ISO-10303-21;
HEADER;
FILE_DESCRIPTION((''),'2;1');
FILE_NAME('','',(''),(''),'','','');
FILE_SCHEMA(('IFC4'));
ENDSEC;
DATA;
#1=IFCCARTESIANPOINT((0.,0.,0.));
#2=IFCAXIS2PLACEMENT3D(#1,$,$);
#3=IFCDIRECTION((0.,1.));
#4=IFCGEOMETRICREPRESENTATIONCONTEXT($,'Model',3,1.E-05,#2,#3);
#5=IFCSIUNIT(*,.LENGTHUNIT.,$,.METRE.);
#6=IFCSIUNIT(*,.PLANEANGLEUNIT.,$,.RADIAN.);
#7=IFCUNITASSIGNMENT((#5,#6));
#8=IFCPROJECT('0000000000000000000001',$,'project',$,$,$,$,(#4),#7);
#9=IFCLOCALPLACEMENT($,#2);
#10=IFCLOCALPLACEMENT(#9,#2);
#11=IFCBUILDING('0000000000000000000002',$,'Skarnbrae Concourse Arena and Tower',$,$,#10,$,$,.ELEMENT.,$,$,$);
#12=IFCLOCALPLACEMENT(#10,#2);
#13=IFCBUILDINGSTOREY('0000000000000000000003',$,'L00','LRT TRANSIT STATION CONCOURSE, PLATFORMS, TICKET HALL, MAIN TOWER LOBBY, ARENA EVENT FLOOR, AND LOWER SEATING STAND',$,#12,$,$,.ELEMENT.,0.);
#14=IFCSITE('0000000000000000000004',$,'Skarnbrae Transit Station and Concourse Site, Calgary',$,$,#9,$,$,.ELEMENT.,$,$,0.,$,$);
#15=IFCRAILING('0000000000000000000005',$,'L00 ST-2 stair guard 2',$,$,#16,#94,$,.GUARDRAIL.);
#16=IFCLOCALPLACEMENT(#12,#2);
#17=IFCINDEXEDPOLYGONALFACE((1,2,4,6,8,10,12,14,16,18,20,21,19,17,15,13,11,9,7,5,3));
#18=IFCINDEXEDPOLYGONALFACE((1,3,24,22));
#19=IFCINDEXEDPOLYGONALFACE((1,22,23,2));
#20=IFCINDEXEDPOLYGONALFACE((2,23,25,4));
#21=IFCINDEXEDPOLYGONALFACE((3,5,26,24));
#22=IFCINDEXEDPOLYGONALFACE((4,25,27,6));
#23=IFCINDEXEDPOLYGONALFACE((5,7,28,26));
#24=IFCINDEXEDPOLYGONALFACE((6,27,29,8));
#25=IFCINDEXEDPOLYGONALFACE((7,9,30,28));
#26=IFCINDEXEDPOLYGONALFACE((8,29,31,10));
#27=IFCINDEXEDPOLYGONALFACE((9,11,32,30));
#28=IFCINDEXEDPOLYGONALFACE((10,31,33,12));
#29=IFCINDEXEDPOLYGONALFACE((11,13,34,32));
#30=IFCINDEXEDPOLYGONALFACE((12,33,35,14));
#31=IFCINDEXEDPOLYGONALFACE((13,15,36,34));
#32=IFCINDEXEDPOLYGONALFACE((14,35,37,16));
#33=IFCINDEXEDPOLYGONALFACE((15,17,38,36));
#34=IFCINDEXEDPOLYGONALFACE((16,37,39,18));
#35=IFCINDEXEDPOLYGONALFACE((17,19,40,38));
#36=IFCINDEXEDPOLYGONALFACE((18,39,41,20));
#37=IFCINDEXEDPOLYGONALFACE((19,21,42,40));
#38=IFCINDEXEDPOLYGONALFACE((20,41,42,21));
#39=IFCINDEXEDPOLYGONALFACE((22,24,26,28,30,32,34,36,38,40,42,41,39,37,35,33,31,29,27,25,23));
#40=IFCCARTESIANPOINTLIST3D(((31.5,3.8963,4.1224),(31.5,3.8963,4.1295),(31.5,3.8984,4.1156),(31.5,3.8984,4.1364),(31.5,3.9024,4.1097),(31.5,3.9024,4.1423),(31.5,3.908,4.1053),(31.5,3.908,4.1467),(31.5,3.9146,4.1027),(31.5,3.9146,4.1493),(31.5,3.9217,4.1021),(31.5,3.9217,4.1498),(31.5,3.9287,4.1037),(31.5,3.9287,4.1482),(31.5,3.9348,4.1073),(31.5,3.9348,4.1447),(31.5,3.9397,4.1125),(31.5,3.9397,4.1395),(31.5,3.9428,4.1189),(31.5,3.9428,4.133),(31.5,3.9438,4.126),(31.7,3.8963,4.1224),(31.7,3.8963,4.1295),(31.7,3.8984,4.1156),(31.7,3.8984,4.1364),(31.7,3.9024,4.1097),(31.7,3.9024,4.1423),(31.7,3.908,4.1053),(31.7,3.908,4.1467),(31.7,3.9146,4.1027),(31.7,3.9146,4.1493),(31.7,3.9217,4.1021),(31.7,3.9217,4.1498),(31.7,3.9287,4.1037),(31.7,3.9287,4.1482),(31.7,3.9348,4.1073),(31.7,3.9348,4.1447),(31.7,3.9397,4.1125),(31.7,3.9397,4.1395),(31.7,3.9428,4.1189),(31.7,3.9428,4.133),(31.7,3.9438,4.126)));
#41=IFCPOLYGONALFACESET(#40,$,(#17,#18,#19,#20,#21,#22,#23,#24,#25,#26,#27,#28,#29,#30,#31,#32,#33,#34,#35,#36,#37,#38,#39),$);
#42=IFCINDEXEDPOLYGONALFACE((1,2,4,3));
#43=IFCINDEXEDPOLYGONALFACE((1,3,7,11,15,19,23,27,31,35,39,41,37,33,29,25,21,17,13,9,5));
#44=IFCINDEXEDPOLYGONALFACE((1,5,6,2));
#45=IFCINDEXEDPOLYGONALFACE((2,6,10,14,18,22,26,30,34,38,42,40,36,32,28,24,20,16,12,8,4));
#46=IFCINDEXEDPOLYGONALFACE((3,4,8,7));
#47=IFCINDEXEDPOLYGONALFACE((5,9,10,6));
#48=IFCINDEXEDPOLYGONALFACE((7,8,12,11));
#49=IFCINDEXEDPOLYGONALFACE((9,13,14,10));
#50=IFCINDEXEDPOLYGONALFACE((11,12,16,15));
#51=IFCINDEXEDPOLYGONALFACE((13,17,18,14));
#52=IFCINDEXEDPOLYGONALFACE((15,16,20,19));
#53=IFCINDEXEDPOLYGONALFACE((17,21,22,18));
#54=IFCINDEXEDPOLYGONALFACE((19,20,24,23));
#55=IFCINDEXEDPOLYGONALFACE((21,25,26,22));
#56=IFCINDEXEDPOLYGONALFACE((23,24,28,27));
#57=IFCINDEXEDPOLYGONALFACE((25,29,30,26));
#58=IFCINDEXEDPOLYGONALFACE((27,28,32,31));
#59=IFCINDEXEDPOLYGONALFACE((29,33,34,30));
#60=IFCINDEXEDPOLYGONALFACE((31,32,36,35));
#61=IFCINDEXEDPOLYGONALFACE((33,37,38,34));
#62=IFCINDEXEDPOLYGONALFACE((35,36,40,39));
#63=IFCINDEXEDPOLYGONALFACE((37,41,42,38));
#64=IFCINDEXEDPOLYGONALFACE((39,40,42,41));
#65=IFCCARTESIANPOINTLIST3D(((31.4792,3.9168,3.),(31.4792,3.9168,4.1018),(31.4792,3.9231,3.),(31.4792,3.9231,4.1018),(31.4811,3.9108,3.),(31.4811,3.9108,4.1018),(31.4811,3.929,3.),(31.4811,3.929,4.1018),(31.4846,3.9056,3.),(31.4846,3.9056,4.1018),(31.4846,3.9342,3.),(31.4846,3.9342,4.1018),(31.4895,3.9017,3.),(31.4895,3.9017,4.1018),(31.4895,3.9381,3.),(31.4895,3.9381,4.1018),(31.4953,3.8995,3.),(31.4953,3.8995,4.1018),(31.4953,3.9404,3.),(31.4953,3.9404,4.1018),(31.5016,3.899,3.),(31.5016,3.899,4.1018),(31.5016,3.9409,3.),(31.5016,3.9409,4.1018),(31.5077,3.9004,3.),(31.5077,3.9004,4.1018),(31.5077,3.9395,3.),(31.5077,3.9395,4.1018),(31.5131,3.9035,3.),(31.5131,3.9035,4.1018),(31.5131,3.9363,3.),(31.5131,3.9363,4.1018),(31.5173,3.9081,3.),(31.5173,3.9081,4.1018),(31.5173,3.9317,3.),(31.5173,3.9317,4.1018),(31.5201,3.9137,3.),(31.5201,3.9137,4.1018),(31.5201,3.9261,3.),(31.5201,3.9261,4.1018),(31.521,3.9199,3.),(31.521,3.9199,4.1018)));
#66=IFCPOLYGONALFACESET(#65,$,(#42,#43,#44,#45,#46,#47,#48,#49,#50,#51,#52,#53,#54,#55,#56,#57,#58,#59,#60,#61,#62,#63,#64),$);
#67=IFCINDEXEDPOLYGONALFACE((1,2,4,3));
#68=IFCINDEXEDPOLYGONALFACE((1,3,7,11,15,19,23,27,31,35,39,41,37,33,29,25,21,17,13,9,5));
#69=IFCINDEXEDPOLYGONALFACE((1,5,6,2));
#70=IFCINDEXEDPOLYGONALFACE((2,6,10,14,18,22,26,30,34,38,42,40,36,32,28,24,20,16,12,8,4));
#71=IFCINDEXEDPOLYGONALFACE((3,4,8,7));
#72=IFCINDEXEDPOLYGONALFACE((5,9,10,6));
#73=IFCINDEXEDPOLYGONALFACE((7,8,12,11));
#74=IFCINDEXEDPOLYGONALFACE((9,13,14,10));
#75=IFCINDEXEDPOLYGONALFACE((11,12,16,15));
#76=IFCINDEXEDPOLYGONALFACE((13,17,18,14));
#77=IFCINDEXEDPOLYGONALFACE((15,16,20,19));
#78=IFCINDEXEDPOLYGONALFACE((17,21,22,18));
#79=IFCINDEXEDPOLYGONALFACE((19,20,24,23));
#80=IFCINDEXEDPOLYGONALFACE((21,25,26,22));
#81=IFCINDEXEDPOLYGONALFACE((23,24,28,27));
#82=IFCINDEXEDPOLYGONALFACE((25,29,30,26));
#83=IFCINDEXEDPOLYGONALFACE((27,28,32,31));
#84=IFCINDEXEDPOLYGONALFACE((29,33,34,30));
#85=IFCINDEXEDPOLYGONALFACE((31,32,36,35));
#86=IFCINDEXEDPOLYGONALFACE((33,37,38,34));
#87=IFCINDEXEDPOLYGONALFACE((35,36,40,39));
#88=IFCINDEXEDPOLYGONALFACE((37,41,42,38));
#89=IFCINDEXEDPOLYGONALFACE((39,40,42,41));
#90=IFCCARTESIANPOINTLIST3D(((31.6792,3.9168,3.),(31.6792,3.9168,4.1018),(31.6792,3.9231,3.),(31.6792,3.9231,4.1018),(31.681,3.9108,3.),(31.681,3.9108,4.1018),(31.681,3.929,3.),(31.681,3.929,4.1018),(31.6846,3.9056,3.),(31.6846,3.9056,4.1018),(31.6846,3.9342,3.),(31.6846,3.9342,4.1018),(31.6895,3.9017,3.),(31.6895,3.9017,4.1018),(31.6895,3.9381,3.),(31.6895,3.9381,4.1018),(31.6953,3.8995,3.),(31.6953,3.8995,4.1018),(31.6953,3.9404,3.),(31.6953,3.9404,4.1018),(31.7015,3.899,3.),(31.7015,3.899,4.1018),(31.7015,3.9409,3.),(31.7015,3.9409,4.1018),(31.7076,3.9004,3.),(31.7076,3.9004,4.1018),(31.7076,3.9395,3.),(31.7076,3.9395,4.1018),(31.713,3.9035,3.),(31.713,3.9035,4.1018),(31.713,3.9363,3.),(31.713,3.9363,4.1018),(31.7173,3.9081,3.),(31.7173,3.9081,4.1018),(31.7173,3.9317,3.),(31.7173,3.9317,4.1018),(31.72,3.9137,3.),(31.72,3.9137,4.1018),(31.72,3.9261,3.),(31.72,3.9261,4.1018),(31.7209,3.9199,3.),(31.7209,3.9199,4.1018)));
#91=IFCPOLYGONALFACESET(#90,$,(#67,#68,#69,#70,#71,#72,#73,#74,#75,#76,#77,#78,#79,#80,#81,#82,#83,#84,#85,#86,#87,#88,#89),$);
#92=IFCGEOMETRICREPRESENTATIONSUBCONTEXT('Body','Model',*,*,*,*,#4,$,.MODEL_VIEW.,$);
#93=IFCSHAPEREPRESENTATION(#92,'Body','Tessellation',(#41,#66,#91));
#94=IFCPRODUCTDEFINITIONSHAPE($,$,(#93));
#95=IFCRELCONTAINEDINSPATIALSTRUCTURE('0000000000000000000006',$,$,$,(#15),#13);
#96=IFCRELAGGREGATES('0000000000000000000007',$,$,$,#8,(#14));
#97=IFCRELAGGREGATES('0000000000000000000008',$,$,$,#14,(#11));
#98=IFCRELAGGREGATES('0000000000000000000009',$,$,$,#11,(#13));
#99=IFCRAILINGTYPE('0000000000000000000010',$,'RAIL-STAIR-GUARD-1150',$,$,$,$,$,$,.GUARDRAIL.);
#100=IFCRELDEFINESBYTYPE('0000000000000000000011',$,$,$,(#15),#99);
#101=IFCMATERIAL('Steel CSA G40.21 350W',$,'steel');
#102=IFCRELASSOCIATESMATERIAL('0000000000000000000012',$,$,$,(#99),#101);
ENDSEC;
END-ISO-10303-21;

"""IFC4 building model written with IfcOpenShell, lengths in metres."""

from ifc_helpers import new_model, si_unit, direction, frame, origin, origin_2d, place, context, subcontext, project, spatial, circle, extrude, material, type_object, element, save


model = new_model("IFC4")

# Units and contexts
model_context = context("Model", 3, precision=1e-05, world=origin(), true_north=direction((0.0, 1.0)))
body_context = subcontext(model_context, "Body", "Model", "MODEL_VIEW")
ifc_project = project(units=[si_unit("LENGTHUNIT", "METRE"), si_unit("PLANEANGLEUNIT", "RADIAN")], contexts=[model_context])

# Site, building, storey
site_placement = place(None, origin())
site = spatial("IfcSite", under=ifc_project, at=site_placement, Name="Skarnbrae Transit Station and Concourse Site, Calgary", CompositionType="ELEMENT", RefElevation=0.0)
building_placement = place(site_placement, origin())
building = spatial("IfcBuilding", under=site, at=building_placement, Name="Skarnbrae Concourse Arena and Tower", CompositionType="ELEMENT")
storey_placement = place(building_placement, origin())
storey = spatial("IfcBuildingStorey", under=building, at=storey_placement, Name="L00", Description="LRT TRANSIT STATION CONCOURSE, PLATFORMS, TICKET HALL, MAIN TOWER LOBBY, ARENA EVENT FLOOR, AND LOWER SEATING STAND", CompositionType="ELEMENT", Elevation=0.0)

# Shared definitions
ifc_material_1 = material(Name="Steel CSA G40.21 350W", Category="steel")

# Railing
railing_type_1 = type_object("IfcRailingType", Name="RAIL-STAIR-GUARD-1150", PredefinedType="GUARDRAIL", material=ifc_material_1)
railing_1_placement = place(storey_placement, frame((31.5, 3.9199, 3.0)))
element("IfcRailing", 1, at=railing_1_placement, inside=storey, type_object=railing_type_1, Name="L00 ST-2 stair guard 2", PredefinedType="GUARDRAIL", context=body_context, shape_type="SweptSolid", body=[
    extrude(circle(Radius=0.0239, at=origin_2d()), frame((0.0, 0.0, 1.126), z_axis=(1.0, 0.0, 0.0), x_axis=(0.0, 1.0, 0.0)), (0.0, 0.0, 1.0), 0.2),
    extrude(circle(Radius=0.021, at=origin_2d()), origin(), (0.0, 0.0, 1.0), 1.1018),
    extrude(circle(Radius=0.021, at=origin_2d()), frame((0.2, 0.0, 0.0)), (0.0, 0.0, 1.0), 1.1018),
])

save(model, "model.ifc")
